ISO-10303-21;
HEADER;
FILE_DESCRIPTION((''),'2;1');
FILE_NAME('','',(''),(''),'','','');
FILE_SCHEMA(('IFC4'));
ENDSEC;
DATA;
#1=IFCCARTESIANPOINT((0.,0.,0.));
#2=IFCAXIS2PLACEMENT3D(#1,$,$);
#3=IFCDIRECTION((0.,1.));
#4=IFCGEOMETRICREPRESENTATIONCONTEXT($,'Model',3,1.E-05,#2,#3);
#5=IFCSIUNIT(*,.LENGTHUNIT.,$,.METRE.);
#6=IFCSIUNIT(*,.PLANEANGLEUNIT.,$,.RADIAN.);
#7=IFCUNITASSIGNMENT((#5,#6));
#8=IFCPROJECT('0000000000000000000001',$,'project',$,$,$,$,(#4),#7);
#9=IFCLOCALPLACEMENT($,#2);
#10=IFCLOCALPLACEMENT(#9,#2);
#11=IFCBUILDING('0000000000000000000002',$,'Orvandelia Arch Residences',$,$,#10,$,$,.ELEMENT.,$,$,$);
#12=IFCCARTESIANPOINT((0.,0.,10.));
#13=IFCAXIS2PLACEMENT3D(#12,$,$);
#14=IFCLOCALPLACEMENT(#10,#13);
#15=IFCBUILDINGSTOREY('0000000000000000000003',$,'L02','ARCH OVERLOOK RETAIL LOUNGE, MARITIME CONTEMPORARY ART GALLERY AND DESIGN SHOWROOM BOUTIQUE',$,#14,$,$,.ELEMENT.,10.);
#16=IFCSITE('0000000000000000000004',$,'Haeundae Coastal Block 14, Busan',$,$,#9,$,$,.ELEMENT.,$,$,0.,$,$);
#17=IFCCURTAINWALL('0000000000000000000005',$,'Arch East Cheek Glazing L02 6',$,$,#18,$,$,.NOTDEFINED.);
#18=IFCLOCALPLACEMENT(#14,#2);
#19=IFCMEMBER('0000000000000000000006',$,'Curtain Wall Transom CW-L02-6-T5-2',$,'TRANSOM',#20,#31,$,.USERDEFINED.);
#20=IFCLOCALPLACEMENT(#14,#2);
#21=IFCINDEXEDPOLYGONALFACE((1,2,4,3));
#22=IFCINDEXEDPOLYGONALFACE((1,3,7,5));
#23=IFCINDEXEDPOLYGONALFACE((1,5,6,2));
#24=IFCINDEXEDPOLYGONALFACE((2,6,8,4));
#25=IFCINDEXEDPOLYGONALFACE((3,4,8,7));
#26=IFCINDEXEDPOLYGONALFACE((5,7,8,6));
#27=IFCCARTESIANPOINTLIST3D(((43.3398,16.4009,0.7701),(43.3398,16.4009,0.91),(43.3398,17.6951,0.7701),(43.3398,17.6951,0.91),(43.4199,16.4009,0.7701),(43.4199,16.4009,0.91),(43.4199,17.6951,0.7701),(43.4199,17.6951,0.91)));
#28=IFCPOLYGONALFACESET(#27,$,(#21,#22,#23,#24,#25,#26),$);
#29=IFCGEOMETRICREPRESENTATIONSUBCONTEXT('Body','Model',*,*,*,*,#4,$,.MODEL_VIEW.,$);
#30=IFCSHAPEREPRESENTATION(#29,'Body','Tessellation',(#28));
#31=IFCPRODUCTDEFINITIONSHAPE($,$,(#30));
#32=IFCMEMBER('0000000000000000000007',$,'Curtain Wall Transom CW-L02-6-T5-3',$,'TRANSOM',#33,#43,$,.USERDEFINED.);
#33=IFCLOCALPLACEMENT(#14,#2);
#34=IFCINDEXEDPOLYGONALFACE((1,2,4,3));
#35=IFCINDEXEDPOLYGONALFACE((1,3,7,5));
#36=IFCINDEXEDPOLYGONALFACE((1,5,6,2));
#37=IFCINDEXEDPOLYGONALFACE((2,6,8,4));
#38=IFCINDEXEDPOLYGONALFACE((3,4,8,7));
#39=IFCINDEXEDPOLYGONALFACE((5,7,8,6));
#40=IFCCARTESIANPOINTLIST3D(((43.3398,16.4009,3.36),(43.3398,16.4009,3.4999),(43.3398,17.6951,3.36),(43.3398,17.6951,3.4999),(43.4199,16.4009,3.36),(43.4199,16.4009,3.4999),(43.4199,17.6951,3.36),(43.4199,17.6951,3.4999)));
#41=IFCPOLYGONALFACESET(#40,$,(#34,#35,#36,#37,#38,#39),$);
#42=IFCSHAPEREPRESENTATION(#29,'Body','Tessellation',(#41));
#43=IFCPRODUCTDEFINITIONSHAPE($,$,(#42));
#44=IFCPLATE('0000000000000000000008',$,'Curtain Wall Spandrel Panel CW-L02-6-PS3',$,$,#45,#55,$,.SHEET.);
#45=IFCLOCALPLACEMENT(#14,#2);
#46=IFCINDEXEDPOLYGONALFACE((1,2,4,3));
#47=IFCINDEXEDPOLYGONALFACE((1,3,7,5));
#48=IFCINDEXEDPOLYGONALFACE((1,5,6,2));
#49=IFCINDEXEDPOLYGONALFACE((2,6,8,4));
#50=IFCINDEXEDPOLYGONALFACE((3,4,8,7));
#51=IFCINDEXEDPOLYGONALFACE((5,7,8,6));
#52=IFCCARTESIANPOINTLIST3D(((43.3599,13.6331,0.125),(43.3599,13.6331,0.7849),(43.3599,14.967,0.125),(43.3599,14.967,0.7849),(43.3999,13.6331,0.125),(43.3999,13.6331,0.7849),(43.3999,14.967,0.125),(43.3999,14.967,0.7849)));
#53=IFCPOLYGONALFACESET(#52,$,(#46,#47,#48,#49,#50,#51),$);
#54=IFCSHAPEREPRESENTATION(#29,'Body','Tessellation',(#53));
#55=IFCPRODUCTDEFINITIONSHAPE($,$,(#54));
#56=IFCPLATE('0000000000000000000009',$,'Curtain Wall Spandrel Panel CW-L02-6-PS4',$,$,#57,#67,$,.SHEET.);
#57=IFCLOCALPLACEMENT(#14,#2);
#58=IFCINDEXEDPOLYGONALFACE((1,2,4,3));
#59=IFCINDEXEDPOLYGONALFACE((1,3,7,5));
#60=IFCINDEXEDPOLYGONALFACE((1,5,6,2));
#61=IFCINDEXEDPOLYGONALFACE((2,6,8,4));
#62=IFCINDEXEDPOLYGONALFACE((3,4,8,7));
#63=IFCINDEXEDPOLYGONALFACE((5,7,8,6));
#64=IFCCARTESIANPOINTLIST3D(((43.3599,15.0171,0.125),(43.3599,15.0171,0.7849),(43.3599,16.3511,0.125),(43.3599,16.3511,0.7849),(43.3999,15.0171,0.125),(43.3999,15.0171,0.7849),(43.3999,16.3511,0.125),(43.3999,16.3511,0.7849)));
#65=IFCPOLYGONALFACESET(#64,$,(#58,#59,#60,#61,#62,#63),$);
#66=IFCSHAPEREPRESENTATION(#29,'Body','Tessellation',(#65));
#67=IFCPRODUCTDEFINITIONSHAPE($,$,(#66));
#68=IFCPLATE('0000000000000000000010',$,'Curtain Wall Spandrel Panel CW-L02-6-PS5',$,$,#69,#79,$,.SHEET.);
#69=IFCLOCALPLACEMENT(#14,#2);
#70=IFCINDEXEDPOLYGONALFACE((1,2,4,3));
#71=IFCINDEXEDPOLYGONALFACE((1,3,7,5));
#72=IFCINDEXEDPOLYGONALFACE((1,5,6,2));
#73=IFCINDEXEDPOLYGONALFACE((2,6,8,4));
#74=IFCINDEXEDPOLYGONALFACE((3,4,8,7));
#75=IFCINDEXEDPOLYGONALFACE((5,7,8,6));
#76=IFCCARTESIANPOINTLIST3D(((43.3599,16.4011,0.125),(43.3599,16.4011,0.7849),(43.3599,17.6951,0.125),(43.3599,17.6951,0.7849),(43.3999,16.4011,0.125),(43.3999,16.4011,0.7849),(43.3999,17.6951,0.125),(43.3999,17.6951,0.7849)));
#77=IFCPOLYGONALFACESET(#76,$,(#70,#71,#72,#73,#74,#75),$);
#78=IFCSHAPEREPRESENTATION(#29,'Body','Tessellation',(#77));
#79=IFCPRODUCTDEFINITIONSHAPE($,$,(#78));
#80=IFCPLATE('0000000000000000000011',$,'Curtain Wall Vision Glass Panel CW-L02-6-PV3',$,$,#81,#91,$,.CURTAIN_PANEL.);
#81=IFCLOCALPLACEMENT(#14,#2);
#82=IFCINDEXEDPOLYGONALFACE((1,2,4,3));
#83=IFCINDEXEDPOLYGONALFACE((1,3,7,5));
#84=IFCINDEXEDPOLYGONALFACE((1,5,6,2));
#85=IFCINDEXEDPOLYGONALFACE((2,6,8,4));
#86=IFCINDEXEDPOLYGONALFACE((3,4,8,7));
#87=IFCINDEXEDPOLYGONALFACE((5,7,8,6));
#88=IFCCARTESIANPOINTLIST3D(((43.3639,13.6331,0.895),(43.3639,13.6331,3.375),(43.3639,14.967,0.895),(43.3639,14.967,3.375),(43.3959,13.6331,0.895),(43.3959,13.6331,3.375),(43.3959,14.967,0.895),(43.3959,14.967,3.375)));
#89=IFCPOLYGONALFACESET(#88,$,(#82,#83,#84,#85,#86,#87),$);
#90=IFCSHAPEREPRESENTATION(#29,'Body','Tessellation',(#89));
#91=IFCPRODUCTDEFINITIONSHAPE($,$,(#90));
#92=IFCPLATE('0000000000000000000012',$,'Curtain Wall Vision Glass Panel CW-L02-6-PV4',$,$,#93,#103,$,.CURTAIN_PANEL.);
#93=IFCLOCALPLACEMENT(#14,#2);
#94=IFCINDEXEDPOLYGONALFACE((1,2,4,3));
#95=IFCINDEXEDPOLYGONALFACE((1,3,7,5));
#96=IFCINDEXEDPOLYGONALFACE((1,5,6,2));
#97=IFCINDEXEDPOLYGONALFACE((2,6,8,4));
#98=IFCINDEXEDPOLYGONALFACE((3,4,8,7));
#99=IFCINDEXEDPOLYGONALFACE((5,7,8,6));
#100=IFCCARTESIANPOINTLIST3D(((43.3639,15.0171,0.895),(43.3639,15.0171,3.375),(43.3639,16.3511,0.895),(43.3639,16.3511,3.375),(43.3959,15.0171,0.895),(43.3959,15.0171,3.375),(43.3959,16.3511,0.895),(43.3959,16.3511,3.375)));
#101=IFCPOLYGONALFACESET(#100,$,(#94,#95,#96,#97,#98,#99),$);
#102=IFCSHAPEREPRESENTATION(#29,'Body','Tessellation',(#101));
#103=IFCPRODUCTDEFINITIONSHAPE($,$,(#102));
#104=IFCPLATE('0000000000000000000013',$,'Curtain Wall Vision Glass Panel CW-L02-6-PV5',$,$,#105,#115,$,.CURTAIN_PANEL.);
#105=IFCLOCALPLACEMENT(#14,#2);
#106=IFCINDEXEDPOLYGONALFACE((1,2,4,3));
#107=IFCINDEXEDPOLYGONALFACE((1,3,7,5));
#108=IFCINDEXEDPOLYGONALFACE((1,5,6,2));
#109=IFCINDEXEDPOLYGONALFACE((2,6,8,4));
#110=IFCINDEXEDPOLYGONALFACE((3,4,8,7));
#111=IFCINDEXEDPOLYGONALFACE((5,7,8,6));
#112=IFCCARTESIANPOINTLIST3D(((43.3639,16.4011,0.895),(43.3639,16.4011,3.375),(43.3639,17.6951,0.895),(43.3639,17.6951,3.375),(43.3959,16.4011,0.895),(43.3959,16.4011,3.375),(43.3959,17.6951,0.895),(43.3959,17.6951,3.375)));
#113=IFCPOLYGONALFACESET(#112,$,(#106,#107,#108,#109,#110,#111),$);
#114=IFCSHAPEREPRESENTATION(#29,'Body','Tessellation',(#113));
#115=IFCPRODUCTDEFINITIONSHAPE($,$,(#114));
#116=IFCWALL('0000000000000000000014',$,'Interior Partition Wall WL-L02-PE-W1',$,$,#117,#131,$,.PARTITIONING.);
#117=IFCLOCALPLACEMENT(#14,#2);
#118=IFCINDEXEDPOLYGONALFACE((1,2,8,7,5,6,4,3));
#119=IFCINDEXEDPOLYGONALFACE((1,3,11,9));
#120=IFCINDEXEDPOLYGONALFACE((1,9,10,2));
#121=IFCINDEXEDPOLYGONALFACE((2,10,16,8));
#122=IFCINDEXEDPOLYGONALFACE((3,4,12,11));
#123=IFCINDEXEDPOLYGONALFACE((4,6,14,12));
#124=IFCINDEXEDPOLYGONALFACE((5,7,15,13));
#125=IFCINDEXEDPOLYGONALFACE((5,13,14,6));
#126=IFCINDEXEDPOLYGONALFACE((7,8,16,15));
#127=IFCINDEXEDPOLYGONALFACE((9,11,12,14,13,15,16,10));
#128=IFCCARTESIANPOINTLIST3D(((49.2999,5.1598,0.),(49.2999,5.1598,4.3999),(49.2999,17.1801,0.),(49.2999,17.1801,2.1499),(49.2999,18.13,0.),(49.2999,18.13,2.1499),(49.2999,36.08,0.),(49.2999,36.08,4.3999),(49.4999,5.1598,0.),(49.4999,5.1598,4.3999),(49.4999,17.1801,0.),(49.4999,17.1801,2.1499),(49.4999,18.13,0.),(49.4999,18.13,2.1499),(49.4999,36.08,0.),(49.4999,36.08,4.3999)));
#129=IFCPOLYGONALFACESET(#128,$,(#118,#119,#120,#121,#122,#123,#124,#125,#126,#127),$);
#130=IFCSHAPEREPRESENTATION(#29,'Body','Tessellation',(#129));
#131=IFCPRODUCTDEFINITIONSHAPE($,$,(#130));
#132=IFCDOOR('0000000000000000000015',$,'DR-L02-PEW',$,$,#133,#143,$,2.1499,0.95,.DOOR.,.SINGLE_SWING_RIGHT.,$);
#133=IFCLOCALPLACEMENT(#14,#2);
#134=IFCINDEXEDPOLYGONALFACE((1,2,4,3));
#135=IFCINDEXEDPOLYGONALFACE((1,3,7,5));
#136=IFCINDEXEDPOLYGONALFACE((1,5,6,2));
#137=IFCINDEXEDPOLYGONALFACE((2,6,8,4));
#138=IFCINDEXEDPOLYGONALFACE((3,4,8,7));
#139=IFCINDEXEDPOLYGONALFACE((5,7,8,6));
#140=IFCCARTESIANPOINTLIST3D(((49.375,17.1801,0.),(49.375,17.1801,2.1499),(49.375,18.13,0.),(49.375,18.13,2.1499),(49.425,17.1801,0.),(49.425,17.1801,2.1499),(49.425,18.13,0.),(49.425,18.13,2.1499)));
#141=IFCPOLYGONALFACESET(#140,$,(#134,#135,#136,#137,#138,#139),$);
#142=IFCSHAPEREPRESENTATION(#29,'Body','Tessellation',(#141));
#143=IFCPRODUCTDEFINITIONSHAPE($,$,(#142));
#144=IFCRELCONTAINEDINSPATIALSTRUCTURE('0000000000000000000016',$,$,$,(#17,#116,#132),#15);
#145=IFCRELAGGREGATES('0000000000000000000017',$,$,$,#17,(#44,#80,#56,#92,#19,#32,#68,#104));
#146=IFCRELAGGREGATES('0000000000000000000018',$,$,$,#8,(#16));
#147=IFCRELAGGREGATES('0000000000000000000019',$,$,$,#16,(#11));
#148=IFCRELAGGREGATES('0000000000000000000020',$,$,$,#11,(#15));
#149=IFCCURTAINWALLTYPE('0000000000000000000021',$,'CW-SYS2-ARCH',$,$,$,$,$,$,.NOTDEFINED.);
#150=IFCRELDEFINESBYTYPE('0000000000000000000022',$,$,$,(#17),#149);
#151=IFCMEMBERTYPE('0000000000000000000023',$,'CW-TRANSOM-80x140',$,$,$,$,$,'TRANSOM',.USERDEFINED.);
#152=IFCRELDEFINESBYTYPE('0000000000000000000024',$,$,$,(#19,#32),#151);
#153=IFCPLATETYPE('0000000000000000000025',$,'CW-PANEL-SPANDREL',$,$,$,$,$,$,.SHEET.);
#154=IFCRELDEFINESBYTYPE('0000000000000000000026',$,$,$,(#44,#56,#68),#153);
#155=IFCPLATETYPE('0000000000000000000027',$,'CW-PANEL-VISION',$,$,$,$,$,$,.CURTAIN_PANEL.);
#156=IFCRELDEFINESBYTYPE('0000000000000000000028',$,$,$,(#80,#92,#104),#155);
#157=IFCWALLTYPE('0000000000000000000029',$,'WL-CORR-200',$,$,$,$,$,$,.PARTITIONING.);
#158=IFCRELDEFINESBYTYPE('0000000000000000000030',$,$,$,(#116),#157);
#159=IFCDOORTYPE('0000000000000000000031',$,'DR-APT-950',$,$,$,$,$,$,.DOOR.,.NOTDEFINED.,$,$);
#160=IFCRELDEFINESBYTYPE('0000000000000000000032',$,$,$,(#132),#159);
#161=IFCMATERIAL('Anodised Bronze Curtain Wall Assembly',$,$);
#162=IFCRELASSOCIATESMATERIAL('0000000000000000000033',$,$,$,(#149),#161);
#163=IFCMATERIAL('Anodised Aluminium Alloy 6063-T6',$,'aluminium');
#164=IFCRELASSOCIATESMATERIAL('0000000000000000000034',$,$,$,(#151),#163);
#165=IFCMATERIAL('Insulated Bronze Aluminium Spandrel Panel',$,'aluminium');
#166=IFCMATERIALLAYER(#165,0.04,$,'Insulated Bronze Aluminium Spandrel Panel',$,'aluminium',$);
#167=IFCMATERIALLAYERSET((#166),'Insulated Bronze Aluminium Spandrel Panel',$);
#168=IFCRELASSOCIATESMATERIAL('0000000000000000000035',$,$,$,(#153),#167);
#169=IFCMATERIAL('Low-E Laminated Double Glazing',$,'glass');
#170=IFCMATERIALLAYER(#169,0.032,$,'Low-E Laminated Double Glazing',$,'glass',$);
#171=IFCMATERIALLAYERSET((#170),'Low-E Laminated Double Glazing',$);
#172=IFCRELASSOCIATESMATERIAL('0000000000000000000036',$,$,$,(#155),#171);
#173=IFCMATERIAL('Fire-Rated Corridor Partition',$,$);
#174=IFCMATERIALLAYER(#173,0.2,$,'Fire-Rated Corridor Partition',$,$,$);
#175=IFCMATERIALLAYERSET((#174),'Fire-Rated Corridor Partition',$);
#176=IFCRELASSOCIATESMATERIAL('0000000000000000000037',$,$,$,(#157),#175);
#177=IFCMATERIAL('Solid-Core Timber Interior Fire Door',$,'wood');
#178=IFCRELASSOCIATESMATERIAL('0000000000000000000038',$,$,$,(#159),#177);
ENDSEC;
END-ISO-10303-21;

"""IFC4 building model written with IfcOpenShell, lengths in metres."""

from ifc_helpers import new_model, si_unit, direction, frame, frame_2d, origin, origin_2d, place, context, subcontext, project, spatial, rectangle, extrude, material, layer, layer_set, material_profile, profile_set, type_object, element, fill, aggregate, save


model = new_model("IFC4")

# Units and contexts
model_context = context("Model", 3, precision=1e-05, world=origin(), true_north=direction((0.0, 1.0)))
body_context = subcontext(model_context, "Body", "Model", "MODEL_VIEW")
ifc_project = project(units=[si_unit("LENGTHUNIT", "METRE"), si_unit("PLANEANGLEUNIT", "RADIAN")], contexts=[model_context])

# Site, building, storey
site_placement = place(None, origin())
site = spatial("IfcSite", under=ifc_project, at=site_placement, Name="Haeundae Coastal Block 14, Busan", CompositionType="ELEMENT", RefElevation=0.0)
building_placement = place(site_placement, origin())
building = spatial("IfcBuilding", under=site, at=building_placement, Name="Orvandelia Arch Residences", CompositionType="ELEMENT")
storey_placement = place(building_placement, frame((0.0, 0.0, 10.0)))
storey = spatial("IfcBuildingStorey", under=building, at=storey_placement, Name="L02", Description="ARCH OVERLOOK RETAIL LOUNGE, MARITIME CONTEMPORARY ART GALLERY AND DESIGN SHOWROOM BOUTIQUE", CompositionType="ELEMENT", Elevation=10.0)

# Curtain wall, members, plates
ifc_material_1 = material(Name="Anodised Bronze Curtain Wall Assembly")
curtain_wall_type = type_object("IfcCurtainWallType", Name="CW-SYS2-ARCH", PredefinedType="NOTDEFINED", material=ifc_material_1)
curtain_wall_placement = place(storey_placement, origin())
curtain_wall = element("IfcCurtainWall", 1, at=curtain_wall_placement, inside=storey, type_object=curtain_wall_type, Name="Arch East Cheek Glazing L02 6", PredefinedType="NOTDEFINED")
ifc_material_2 = material(Name="Anodised Aluminium Alloy 6063-T6", Category="aluminium")
ifc_material_profile_1 = material_profile(ifc_material_2, rectangle(XDim=0.0801, YDim=0.1399, at=origin_2d()), Name="Anodised Aluminium Alloy 6063-T6", Category="aluminium")
ifc_profile_set_1 = profile_set([ifc_material_profile_1], Name="Anodised Aluminium Alloy 6063-T6")
member_type_1 = type_object("IfcMemberType", Name="CW-TRANSOM-80x140", ElementType="TRANSOM", PredefinedType="USERDEFINED", material=ifc_profile_set_1)
member_1_placement = place(storey_placement, frame((43.3799, 16.4009, 0.8401), z_axis=(0.0, 1.0, 0.0), x_axis=(-1.0, 0.0, 0.0)))
member_1 = element("IfcMember", 2, at=member_1_placement, type_object=member_type_1, Name="Curtain Wall Transom CW-L02-6-T5-2", ObjectType="TRANSOM", PredefinedType="USERDEFINED", context=body_context, shape_type="SweptSolid", body=[
    extrude(rectangle(XDim=0.0801, YDim=0.1399, at=origin_2d()), origin(), (0.0, 0.0, 1.0), 1.2942),
])
member_2_placement = place(storey_placement, frame((43.3799, 16.4009, 3.4299), z_axis=(0.0, 1.0, 0.0), x_axis=(-1.0, 0.0, 0.0)))
member_2 = element("IfcMember", 3, at=member_2_placement, type_object=member_type_1, Name="Curtain Wall Transom CW-L02-6-T5-3", ObjectType="TRANSOM", PredefinedType="USERDEFINED", context=body_context, shape_type="SweptSolid", body=[
    extrude(rectangle(XDim=0.0801, YDim=0.1399, at=origin_2d()), origin(), (0.0, 0.0, 1.0), 1.2942),
])
ifc_material_3 = material(Name="Insulated Bronze Aluminium Spandrel Panel", Category="aluminium")
ifc_layer_1 = layer(ifc_material_3, 0.04, Name="Insulated Bronze Aluminium Spandrel Panel", Category="aluminium")
ifc_layer_set_1 = layer_set([ifc_layer_1], Name="Insulated Bronze Aluminium Spandrel Panel")
plate_type_1 = type_object("IfcPlateType", Name="CW-PANEL-SPANDREL", PredefinedType="SHEET", material=ifc_layer_set_1)
plate_1_placement = place(storey_placement, frame((43.3799, 14.3, 0.125), z_axis=(0.0, 0.0, 1.0), x_axis=(0.0, 1.0, 0.0)))
plate_1 = element("IfcPlate", 4, at=plate_1_placement, type_object=plate_type_1, Name="Curtain Wall Spandrel Panel CW-L02-6-PS3", PredefinedType="SHEET", context=body_context, shape_type="SweptSolid", body=[
    extrude(rectangle(XDim=1.334, YDim=0.04, at=origin_2d()), origin(), (0.0, 0.0, 1.0), 0.6599),
])
plate_2_placement = place(storey_placement, frame((43.3799, 15.6841, 0.125), z_axis=(0.0, 0.0, 1.0), x_axis=(0.0, 1.0, 0.0)))
plate_2 = element("IfcPlate", 5, at=plate_2_placement, type_object=plate_type_1, Name="Curtain Wall Spandrel Panel CW-L02-6-PS4", PredefinedType="SHEET", context=body_context, shape_type="SweptSolid", body=[
    extrude(rectangle(XDim=1.334, YDim=0.04, at=origin_2d()), origin(), (0.0, 0.0, 1.0), 0.6599),
])
plate_3_placement = place(storey_placement, frame((43.3799, 17.0481, 0.125), z_axis=(0.0, 0.0, 1.0), x_axis=(0.0, 1.0, 0.0)))
plate_3 = element("IfcPlate", 6, at=plate_3_placement, type_object=plate_type_1, Name="Curtain Wall Spandrel Panel CW-L02-6-PS5", PredefinedType="SHEET", context=body_context, shape_type="SweptSolid", body=[
    extrude(rectangle(XDim=1.2939, YDim=0.04, at=origin_2d()), origin(), (0.0, 0.0, 1.0), 0.6599),
])
ifc_material_4 = material(Name="Low-E Laminated Double Glazing", Category="glass")
ifc_layer_2 = layer(ifc_material_4, 0.032, Name="Low-E Laminated Double Glazing", Category="glass")
ifc_layer_set_2 = layer_set([ifc_layer_2], Name="Low-E Laminated Double Glazing")
plate_type_2 = type_object("IfcPlateType", Name="CW-PANEL-VISION", PredefinedType="CURTAIN_PANEL", material=ifc_layer_set_2)
plate_4_placement = place(storey_placement, frame((43.3799, 14.3, 0.895), z_axis=(0.0, 0.0, 1.0), x_axis=(0.0, 1.0, 0.0)))
plate_4 = element("IfcPlate", 7, at=plate_4_placement, type_object=plate_type_2, Name="Curtain Wall Vision Glass Panel CW-L02-6-PV3", PredefinedType="CURTAIN_PANEL", context=body_context, shape_type="SweptSolid", body=[
    extrude(rectangle(XDim=1.334, YDim=0.032, at=origin_2d()), origin(), (0.0, 0.0, 1.0), 2.48),
])
plate_5_placement = place(storey_placement, frame((43.3799, 15.6841, 0.895), z_axis=(0.0, 0.0, 1.0), x_axis=(0.0, 1.0, 0.0)))
plate_5 = element("IfcPlate", 8, at=plate_5_placement, type_object=plate_type_2, Name="Curtain Wall Vision Glass Panel CW-L02-6-PV4", PredefinedType="CURTAIN_PANEL", context=body_context, shape_type="SweptSolid", body=[
    extrude(rectangle(XDim=1.334, YDim=0.032, at=origin_2d()), origin(), (0.0, 0.0, 1.0), 2.48),
])
plate_6_placement = place(storey_placement, frame((43.3799, 17.0481, 0.895), z_axis=(0.0, 0.0, 1.0), x_axis=(0.0, 1.0, 0.0)))
plate_6 = element("IfcPlate", 9, at=plate_6_placement, type_object=plate_type_2, Name="Curtain Wall Vision Glass Panel CW-L02-6-PV5", PredefinedType="CURTAIN_PANEL", context=body_context, shape_type="SweptSolid", body=[
    extrude(rectangle(XDim=1.2939, YDim=0.032, at=origin_2d()), origin(), (0.0, 0.0, 1.0), 2.48),
])
aggregate(curtain_wall, [plate_1, plate_4, plate_2, plate_5, member_1, member_2, plate_3, plate_6])

# Wall, opening, door
ifc_material_5 = material(Name="Fire-Rated Corridor Partition")
ifc_layer_3 = layer(ifc_material_5, 0.2, Name="Fire-Rated Corridor Partition")
ifc_layer_set_3 = layer_set([ifc_layer_3], Name="Fire-Rated Corridor Partition")
wall_type_1 = type_object("IfcWallType", Name="WL-CORR-200", PredefinedType="PARTITIONING", material=ifc_layer_set_3)
wall_1_placement = place(storey_placement, frame((49.3999, 5.1599, 0.0), z_axis=(0.0, 0.0, 1.0), x_axis=(0.0, 1.0, 0.0)))
wall_1 = element("IfcWall", 10, at=wall_1_placement, inside=storey, type_object=wall_type_1, Name="Interior Partition Wall WL-L02-PE-W1", PredefinedType="PARTITIONING", context=body_context, shape_type="SweptSolid", body=[
    extrude(rectangle(XDim=30.9202, YDim=0.2, at=frame_2d((15.46, 0.0))), origin(), (0.0, 0.0, 1.0), 4.3999),
])
opening_1_placement = place(wall_1_placement, frame((12.02, 0.0, 0.0)))
opening_1 = element("IfcOpeningElement", 11, at=opening_1_placement, cuts=wall_1, PredefinedType="OPENING", context=body_context, shape_type="SweptSolid", body=[
    extrude(rectangle(XDim=0.95, YDim=2.1499, at=frame_2d((0.4751, 1.075))), frame((0.0, 0.1099, 0.0), z_axis=(0.0, -1.0, 0.0), x_axis=(1.0, 0.0, 0.0)), (0.0, 0.0, 1.0), 0.22),
])
ifc_material_6 = material(Name="Solid-Core Timber Interior Fire Door", Category="wood")
door_type = type_object("IfcDoorType", Name="DR-APT-950", OperationType="NOTDEFINED", PredefinedType="DOOR", material=ifc_material_6)
door_1_placement = place(opening_1_placement, origin())
door_1 = element("IfcDoor", 12, at=door_1_placement, inside=storey, type_object=door_type, Name="DR-L02-PEW", OperationType="SINGLE_SWING_RIGHT", OverallHeight=2.1499, OverallWidth=0.95, PredefinedType="DOOR", context=body_context, shape_type="SweptSolid", body=[
    extrude(rectangle(XDim=0.95, YDim=2.1499, at=frame_2d((0.4751, 1.075))), frame((0.0, 0.0249, 0.0), z_axis=(0.0, -1.0, 0.0), x_axis=(1.0, 0.0, 0.0)), (0.0, 0.0, 1.0), 0.05),
])
fill(opening_1, door_1)

save(model, "model.ifc")
